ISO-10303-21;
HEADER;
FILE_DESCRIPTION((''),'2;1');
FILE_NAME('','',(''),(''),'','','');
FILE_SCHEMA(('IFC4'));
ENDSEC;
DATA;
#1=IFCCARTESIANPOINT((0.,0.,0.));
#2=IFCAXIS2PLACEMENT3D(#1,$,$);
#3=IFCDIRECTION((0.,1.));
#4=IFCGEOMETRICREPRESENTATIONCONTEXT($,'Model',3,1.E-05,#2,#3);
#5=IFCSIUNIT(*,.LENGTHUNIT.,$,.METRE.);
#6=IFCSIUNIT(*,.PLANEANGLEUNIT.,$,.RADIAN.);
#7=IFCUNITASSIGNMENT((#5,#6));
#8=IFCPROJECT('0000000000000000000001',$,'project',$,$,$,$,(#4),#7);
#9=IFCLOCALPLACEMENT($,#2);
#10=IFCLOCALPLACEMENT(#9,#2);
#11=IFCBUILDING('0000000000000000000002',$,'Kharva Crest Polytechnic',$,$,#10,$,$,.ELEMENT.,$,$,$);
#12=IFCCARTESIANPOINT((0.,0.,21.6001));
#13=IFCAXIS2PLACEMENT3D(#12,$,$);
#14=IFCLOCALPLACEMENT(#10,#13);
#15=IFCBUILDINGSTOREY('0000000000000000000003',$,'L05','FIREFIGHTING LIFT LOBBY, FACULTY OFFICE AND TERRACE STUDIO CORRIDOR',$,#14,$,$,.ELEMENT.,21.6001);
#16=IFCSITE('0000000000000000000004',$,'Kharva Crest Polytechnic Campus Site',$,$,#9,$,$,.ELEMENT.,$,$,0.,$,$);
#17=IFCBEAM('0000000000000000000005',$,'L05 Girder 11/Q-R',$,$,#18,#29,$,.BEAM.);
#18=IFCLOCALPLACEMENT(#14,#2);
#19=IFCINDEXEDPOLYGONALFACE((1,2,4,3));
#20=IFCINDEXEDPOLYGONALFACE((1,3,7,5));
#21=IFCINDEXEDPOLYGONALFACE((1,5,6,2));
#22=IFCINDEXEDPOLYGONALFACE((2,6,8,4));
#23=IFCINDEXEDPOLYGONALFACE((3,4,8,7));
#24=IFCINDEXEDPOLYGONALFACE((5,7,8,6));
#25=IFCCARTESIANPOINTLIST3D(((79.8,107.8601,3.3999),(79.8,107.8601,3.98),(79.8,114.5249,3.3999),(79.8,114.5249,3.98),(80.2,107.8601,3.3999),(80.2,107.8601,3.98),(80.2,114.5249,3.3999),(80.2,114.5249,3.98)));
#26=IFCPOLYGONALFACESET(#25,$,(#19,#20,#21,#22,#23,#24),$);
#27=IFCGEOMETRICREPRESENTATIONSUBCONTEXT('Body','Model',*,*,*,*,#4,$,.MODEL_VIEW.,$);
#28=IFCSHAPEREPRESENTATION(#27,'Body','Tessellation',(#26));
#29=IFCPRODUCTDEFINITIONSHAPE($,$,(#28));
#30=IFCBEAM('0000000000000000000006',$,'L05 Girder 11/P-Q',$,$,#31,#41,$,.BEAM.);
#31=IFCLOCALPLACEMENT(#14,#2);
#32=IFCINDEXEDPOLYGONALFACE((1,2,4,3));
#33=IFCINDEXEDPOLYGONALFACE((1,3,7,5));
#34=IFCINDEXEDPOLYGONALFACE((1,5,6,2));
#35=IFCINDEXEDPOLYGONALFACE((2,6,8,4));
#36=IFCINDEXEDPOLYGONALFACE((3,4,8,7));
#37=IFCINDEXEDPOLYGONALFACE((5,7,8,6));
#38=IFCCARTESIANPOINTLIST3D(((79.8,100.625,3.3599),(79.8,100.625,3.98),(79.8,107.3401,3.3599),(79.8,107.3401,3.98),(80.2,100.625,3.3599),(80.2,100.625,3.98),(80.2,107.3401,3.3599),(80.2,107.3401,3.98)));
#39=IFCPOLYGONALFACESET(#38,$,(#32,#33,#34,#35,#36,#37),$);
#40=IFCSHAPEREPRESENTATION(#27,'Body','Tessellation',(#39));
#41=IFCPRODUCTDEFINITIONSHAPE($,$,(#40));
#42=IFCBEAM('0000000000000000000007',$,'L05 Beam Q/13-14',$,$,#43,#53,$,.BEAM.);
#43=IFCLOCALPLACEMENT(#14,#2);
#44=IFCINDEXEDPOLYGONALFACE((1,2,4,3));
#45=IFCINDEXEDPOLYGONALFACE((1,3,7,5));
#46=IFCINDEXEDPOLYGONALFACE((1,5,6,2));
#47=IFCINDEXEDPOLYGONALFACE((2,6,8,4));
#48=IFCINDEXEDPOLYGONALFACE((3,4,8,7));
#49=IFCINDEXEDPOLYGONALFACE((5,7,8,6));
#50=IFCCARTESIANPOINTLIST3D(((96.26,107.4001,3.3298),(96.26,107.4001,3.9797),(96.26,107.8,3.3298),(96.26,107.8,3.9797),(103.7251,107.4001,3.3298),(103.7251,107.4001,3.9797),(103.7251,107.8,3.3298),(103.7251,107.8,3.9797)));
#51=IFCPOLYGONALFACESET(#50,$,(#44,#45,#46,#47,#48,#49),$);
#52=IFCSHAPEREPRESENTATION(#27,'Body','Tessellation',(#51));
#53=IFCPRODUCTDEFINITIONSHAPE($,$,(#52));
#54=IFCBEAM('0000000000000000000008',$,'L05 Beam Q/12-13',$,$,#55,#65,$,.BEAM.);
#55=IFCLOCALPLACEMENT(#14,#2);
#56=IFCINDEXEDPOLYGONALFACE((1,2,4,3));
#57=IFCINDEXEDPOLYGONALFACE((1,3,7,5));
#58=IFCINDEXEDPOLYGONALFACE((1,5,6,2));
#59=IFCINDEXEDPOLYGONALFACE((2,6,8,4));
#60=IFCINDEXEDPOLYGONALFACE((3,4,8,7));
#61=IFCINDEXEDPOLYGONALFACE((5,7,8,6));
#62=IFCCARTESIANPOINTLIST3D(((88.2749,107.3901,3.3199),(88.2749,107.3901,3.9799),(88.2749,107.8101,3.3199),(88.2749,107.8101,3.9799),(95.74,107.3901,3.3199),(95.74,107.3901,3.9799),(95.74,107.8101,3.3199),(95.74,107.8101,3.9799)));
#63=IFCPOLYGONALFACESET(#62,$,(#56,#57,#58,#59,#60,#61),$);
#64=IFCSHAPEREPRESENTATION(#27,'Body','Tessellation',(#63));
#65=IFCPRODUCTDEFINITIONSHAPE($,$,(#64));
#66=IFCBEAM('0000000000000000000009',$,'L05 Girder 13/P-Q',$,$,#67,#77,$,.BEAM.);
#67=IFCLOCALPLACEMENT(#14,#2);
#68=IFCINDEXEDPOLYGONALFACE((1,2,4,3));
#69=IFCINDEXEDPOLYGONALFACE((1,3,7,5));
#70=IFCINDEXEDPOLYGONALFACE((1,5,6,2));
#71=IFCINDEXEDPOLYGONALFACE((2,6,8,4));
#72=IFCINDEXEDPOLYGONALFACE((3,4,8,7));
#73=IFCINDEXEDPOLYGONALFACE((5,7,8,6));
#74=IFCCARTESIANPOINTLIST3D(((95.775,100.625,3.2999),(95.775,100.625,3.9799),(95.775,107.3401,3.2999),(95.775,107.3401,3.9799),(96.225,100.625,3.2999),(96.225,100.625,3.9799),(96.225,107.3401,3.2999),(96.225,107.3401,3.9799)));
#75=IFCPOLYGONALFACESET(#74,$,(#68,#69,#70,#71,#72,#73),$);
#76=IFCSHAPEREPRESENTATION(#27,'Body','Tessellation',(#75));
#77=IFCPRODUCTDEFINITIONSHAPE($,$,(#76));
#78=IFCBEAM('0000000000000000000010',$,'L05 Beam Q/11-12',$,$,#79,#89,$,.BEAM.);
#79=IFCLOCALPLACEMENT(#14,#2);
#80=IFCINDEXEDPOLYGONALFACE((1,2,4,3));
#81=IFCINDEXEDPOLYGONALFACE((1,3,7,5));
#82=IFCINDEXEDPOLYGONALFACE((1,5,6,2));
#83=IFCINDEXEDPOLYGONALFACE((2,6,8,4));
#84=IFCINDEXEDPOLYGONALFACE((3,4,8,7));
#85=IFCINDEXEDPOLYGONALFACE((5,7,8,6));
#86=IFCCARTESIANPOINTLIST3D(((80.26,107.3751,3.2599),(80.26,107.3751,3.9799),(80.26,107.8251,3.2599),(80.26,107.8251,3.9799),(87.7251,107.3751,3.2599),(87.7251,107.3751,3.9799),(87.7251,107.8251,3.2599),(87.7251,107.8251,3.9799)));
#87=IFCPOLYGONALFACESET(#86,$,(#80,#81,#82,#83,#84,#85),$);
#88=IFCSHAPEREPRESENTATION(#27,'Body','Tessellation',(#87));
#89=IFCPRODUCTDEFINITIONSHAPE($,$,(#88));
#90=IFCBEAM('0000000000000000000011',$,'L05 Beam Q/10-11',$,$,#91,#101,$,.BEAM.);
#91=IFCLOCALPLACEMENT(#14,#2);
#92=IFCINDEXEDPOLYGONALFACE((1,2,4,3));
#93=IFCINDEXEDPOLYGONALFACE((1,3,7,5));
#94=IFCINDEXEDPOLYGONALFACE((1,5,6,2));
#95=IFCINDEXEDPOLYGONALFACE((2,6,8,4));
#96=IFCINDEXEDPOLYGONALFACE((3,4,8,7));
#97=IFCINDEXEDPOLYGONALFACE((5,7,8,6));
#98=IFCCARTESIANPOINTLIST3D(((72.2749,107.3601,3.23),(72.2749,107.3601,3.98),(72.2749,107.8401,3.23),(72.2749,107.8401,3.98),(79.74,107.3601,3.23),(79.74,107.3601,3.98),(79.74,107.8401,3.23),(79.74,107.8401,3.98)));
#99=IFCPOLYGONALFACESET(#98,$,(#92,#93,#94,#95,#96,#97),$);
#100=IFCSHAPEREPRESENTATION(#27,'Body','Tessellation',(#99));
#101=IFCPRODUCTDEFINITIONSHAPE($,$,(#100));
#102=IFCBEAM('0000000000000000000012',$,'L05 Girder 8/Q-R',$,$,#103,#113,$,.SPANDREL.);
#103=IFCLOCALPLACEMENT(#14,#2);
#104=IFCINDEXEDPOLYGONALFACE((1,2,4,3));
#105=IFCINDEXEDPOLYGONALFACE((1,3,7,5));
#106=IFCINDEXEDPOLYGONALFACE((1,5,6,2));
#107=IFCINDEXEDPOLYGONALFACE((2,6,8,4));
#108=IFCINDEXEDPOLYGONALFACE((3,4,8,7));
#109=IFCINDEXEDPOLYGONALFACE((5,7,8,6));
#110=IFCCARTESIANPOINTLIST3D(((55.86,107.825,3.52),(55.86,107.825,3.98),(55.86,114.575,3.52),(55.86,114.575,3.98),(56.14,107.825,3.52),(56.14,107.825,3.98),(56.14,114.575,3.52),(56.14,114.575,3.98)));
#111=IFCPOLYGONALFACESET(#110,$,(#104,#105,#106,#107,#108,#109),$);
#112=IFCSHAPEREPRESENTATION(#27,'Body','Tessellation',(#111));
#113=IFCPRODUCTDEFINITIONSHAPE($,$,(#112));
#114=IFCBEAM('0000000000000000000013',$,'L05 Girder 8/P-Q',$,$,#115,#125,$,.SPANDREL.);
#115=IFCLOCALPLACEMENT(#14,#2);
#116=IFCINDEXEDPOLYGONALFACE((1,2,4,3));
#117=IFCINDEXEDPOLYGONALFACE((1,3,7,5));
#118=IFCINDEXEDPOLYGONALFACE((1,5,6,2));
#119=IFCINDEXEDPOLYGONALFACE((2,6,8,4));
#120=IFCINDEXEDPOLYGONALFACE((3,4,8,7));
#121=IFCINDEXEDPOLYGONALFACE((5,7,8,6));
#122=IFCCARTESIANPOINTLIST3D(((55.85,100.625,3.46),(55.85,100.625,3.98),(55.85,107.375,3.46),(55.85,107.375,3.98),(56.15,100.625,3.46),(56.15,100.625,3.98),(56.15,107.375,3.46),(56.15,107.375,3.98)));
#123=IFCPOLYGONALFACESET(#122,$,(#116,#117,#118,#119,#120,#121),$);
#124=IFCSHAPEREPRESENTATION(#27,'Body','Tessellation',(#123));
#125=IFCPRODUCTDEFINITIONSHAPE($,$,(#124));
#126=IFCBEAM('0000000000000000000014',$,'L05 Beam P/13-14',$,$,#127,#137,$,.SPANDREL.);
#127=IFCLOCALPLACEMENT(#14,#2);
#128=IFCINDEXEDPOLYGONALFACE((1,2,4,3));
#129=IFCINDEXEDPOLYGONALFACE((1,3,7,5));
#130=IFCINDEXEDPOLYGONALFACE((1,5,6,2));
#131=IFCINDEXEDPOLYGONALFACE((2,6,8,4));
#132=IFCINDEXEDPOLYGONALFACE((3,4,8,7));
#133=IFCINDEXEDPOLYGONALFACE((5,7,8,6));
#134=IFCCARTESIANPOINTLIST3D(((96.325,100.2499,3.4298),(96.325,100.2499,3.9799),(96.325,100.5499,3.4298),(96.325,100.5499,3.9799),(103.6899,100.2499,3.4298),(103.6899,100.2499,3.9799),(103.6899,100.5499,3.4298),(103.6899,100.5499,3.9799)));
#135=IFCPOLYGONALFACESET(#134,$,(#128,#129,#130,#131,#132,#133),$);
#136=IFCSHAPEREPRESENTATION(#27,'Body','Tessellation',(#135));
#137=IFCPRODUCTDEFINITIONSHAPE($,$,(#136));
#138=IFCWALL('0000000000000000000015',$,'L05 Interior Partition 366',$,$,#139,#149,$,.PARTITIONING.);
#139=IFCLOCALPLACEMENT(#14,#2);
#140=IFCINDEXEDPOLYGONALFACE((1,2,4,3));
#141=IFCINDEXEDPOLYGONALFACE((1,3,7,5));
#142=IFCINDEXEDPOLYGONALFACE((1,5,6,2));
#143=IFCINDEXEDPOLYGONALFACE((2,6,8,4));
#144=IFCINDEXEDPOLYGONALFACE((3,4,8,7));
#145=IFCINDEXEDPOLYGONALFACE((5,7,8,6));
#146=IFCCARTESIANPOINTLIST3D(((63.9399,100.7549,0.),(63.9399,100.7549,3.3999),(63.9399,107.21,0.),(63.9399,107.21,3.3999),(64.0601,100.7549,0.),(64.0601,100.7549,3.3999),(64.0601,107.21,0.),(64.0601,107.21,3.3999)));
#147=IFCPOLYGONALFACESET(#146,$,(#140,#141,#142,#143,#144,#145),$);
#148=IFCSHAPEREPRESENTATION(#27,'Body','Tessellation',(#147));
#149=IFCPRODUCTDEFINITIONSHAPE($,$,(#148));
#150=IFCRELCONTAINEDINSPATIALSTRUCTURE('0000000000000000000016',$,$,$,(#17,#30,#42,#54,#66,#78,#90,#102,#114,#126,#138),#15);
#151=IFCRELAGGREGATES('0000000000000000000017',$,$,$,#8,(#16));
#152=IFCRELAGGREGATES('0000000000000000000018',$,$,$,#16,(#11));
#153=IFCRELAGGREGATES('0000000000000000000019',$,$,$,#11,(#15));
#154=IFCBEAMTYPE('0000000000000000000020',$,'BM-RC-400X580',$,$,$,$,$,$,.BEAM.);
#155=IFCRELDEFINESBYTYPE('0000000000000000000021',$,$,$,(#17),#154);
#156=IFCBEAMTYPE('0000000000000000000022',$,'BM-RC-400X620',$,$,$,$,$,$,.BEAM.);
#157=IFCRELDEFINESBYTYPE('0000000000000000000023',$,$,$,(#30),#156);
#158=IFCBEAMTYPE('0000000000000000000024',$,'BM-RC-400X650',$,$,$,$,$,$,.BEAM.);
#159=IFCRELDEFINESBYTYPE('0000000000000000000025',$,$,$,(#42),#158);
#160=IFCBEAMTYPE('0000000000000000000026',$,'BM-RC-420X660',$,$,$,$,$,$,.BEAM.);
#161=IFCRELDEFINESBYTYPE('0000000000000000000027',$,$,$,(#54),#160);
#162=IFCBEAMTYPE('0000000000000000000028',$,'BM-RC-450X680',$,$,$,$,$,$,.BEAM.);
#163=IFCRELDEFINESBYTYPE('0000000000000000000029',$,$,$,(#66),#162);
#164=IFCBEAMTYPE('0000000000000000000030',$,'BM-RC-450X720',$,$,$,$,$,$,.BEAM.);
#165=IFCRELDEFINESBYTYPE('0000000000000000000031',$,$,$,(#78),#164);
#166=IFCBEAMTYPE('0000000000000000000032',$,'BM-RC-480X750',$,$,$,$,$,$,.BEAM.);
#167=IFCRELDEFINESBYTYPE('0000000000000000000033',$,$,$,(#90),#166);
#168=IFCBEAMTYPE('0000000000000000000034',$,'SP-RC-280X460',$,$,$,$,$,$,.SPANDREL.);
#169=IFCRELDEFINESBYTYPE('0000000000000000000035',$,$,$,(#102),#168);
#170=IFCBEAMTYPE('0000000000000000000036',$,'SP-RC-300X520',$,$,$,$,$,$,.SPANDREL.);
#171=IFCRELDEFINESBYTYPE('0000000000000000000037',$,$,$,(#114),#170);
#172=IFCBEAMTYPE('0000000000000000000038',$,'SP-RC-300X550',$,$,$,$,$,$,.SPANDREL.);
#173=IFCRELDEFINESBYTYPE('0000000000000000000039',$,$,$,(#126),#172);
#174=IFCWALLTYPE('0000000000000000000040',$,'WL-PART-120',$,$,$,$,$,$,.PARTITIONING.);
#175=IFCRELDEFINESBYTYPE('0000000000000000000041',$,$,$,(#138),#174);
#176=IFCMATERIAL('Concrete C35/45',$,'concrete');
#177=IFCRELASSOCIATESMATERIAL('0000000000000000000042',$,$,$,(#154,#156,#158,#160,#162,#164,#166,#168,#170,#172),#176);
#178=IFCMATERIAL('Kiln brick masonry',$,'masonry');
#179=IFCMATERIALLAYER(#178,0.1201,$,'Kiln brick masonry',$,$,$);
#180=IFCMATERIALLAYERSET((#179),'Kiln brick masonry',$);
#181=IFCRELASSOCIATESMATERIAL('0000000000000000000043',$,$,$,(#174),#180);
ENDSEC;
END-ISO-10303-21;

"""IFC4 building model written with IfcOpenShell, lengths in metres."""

from ifc_helpers import new_model, si_unit, direction, frame, frame_2d, origin, origin_2d, place, context, subcontext, project, spatial, rectangle, extrude, material, layer, layer_set, material_profile, profile_set, type_object, element, save


model = new_model("IFC4")

# Units and contexts
model_context = context("Model", 3, precision=1e-05, world=origin(), true_north=direction((0.0, 1.0)))
body_context = subcontext(model_context, "Body", "Model", "MODEL_VIEW")
ifc_project = project(units=[si_unit("LENGTHUNIT", "METRE"), si_unit("PLANEANGLEUNIT", "RADIAN")], contexts=[model_context])

# Site, building, storey
site_placement = place(None, origin())
site = spatial("IfcSite", under=ifc_project, at=site_placement, Name="Kharva Crest Polytechnic Campus Site", CompositionType="ELEMENT", RefElevation=0.0)
building_placement = place(site_placement, origin())
building = spatial("IfcBuilding", under=site, at=building_placement, Name="Kharva Crest Polytechnic", CompositionType="ELEMENT")
storey_placement = place(building_placement, frame((0.0, 0.0, 21.6001)))
storey = spatial("IfcBuildingStorey", under=building, at=storey_placement, Name="L05", Description="FIREFIGHTING LIFT LOBBY, FACULTY OFFICE AND TERRACE STUDIO CORRIDOR", CompositionType="ELEMENT", Elevation=21.6001)

# Beams
ifc_material_1 = material(Name="Concrete C35/45", Category="concrete")
ifc_material_profile_1 = material_profile(ifc_material_1, rectangle(XDim=0.3999, YDim=0.5801, at=origin_2d()), Name="RECT 400 X 580")
ifc_profile_set_1 = profile_set([ifc_material_profile_1], Name="Concrete C35/45")
beam_type_1 = type_object("IfcBeamType", Name="BM-RC-400X580", PredefinedType="BEAM", material=ifc_profile_set_1)
beam_1_placement = place(storey_placement, frame((80.0, 107.8601, 3.6899), z_axis=(0.0, 1.0, 0.0), x_axis=(-1.0, 0.0, 0.0)))
element("IfcBeam", 1, at=beam_1_placement, inside=storey, type_object=beam_type_1, Name="L05 Girder 11/Q-R", PredefinedType="BEAM", context=body_context, shape_type="SweptSolid", body=[
    extrude(rectangle(XDim=0.3999, YDim=0.5801, at=origin_2d()), origin(), (0.0, 0.0, 1.0), 6.6648),
])
ifc_material_profile_2 = material_profile(ifc_material_1, rectangle(XDim=0.3999, YDim=0.6201, at=origin_2d()), Name="RECT 400 X 620")
ifc_profile_set_2 = profile_set([ifc_material_profile_2], Name="Concrete C35/45")
beam_type_2 = type_object("IfcBeamType", Name="BM-RC-400X620", PredefinedType="BEAM", material=ifc_profile_set_2)
beam_2_placement = place(storey_placement, frame((80.0, 100.625, 3.6699), z_axis=(0.0, 1.0, 0.0), x_axis=(-1.0, 0.0, 0.0)))
element("IfcBeam", 2, at=beam_2_placement, inside=storey, type_object=beam_type_2, Name="L05 Girder 11/P-Q", PredefinedType="BEAM", context=body_context, shape_type="SweptSolid", body=[
    extrude(rectangle(XDim=0.3999, YDim=0.6201, at=origin_2d()), origin(), (0.0, 0.0, 1.0), 6.7151),
])
ifc_material_profile_3 = material_profile(ifc_material_1, rectangle(XDim=0.3999, YDim=0.6499, at=origin_2d()), Name="RECT 400 X 650")
ifc_profile_set_3 = profile_set([ifc_material_profile_3], Name="Concrete C35/45")
beam_type_3 = type_object("IfcBeamType", Name="BM-RC-400X650", PredefinedType="BEAM", material=ifc_profile_set_3)
beam_3_placement = place(storey_placement, frame((96.26, 107.6001, 3.6548), z_axis=(1.0, 0.0, 0.0), x_axis=(0.0, 1.0, 0.0)))
element("IfcBeam", 3, at=beam_3_placement, inside=storey, type_object=beam_type_3, Name="L05 Beam Q/13-14", PredefinedType="BEAM", context=body_context, shape_type="SweptSolid", body=[
    extrude(rectangle(XDim=0.3999, YDim=0.6499, at=origin_2d()), origin(), (0.0, 0.0, 1.0), 7.4651),
])
ifc_material_profile_4 = material_profile(ifc_material_1, rectangle(XDim=0.4199, YDim=0.6599, at=origin_2d()), Name="RECT 420 X 660")
ifc_profile_set_4 = profile_set([ifc_material_profile_4], Name="Concrete C35/45")
beam_type_4 = type_object("IfcBeamType", Name="BM-RC-420X660", PredefinedType="BEAM", material=ifc_profile_set_4)
beam_4_placement = place(storey_placement, frame((88.2749, 107.6001, 3.6499), z_axis=(1.0, 0.0, 0.0), x_axis=(0.0, 1.0, 0.0)))
element("IfcBeam", 4, at=beam_4_placement, inside=storey, type_object=beam_type_4, Name="L05 Beam Q/12-13", PredefinedType="BEAM", context=body_context, shape_type="SweptSolid", body=[
    extrude(rectangle(XDim=0.4199, YDim=0.6599, at=origin_2d()), origin(), (0.0, 0.0, 1.0), 7.4651),
])
ifc_material_profile_5 = material_profile(ifc_material_1, rectangle(XDim=0.45, YDim=0.6799, at=origin_2d()), Name="RECT 450 X 680")
ifc_profile_set_5 = profile_set([ifc_material_profile_5], Name="Concrete C35/45")
beam_type_5 = type_object("IfcBeamType", Name="BM-RC-450X680", PredefinedType="BEAM", material=ifc_profile_set_5)
beam_5_placement = place(storey_placement, frame((96.0, 100.625, 3.6399), z_axis=(0.0, 1.0, 0.0), x_axis=(-1.0, 0.0, 0.0)))
element("IfcBeam", 5, at=beam_5_placement, inside=storey, type_object=beam_type_5, Name="L05 Girder 13/P-Q", PredefinedType="BEAM", context=body_context, shape_type="SweptSolid", body=[
    extrude(rectangle(XDim=0.45, YDim=0.6799, at=origin_2d()), origin(), (0.0, 0.0, 1.0), 6.7151),
])
ifc_material_profile_6 = material_profile(ifc_material_1, rectangle(XDim=0.45, YDim=0.72, at=origin_2d()), Name="RECT 450 X 720")
ifc_profile_set_6 = profile_set([ifc_material_profile_6], Name="Concrete C35/45")
beam_type_6 = type_object("IfcBeamType", Name="BM-RC-450X720", PredefinedType="BEAM", material=ifc_profile_set_6)
beam_6_placement = place(storey_placement, frame((80.26, 107.6001, 3.6199), z_axis=(1.0, 0.0, 0.0), x_axis=(0.0, 1.0, 0.0)))
element("IfcBeam", 6, at=beam_6_placement, inside=storey, type_object=beam_type_6, Name="L05 Beam Q/11-12", PredefinedType="BEAM", context=body_context, shape_type="SweptSolid", body=[
    extrude(rectangle(XDim=0.45, YDim=0.72, at=origin_2d()), origin(), (0.0, 0.0, 1.0), 7.4651),
])
ifc_material_profile_7 = material_profile(ifc_material_1, rectangle(XDim=0.48, YDim=0.75, at=origin_2d()), Name="RECT 480 X 750")
ifc_profile_set_7 = profile_set([ifc_material_profile_7], Name="Concrete C35/45")
beam_type_7 = type_object("IfcBeamType", Name="BM-RC-480X750", PredefinedType="BEAM", material=ifc_profile_set_7)
beam_7_placement = place(storey_placement, frame((72.2749, 107.6001, 3.605), z_axis=(1.0, 0.0, 0.0), x_axis=(0.0, 1.0, 0.0)))
element("IfcBeam", 7, at=beam_7_placement, inside=storey, type_object=beam_type_7, Name="L05 Beam Q/10-11", PredefinedType="BEAM", context=body_context, shape_type="SweptSolid", body=[
    extrude(rectangle(XDim=0.48, YDim=0.75, at=origin_2d()), origin(), (0.0, 0.0, 1.0), 7.4651),
])
ifc_material_profile_8 = material_profile(ifc_material_1, rectangle(XDim=0.28, YDim=0.46, at=origin_2d()), Name="RECT 280 X 460")
ifc_profile_set_8 = profile_set([ifc_material_profile_8], Name="Concrete C35/45")
beam_type_8 = type_object("IfcBeamType", Name="SP-RC-280X460", PredefinedType="SPANDREL", material=ifc_profile_set_8)
beam_8_placement = place(storey_placement, frame((56.0, 107.825, 3.75), z_axis=(0.0, 1.0, 0.0), x_axis=(-1.0, 0.0, 0.0)))
element("IfcBeam", 8, at=beam_8_placement, inside=storey, type_object=beam_type_8, Name="L05 Girder 8/Q-R", PredefinedType="SPANDREL", context=body_context, shape_type="SweptSolid", body=[
    extrude(rectangle(XDim=0.28, YDim=0.46, at=origin_2d()), origin(), (0.0, 0.0, 1.0), 6.75),
])
ifc_material_profile_9 = material_profile(ifc_material_1, rectangle(XDim=0.3, YDim=0.52, at=origin_2d()), Name="RECT 300 X 520")
ifc_profile_set_9 = profile_set([ifc_material_profile_9], Name="Concrete C35/45")
beam_type_9 = type_object("IfcBeamType", Name="SP-RC-300X520", PredefinedType="SPANDREL", material=ifc_profile_set_9)
beam_9_placement = place(storey_placement, frame((56.0, 100.625, 3.72), z_axis=(0.0, 1.0, 0.0), x_axis=(-1.0, 0.0, 0.0)))
element("IfcBeam", 9, at=beam_9_placement, inside=storey, type_object=beam_type_9, Name="L05 Girder 8/P-Q", PredefinedType="SPANDREL", context=body_context, shape_type="SweptSolid", body=[
    extrude(rectangle(XDim=0.3, YDim=0.52, at=origin_2d()), origin(), (0.0, 0.0, 1.0), 6.75),
])
ifc_material_profile_10 = material_profile(ifc_material_1, rectangle(XDim=0.3, YDim=0.55, at=origin_2d()), Name="RECT 300 X 550")
ifc_profile_set_10 = profile_set([ifc_material_profile_10], Name="Concrete C35/45")
beam_type_10 = type_object("IfcBeamType", Name="SP-RC-300X550", PredefinedType="SPANDREL", material=ifc_profile_set_10)
beam_10_placement = place(storey_placement, frame((96.325, 100.3999, 3.7048), z_axis=(1.0, 0.0, 0.0), x_axis=(0.0, 1.0, 0.0)))
element("IfcBeam", 10, at=beam_10_placement, inside=storey, type_object=beam_type_10, Name="L05 Beam P/13-14", PredefinedType="SPANDREL", context=body_context, shape_type="SweptSolid", body=[
    extrude(rectangle(XDim=0.3, YDim=0.55, at=origin_2d()), origin(), (0.0, 0.0, 1.0), 7.365),
])

# Shared definitions
ifc_material_2 = material(Name="Kiln brick masonry", Category="masonry")

# Wall
ifc_layer_1 = layer(ifc_material_2, 0.1201, Name="Kiln brick masonry")
ifc_layer_set_1 = layer_set([ifc_layer_1], Name="Kiln brick masonry")
wall_type_1 = type_object("IfcWallType", Name="WL-PART-120", PredefinedType="PARTITIONING", material=ifc_layer_set_1)
wall_1_placement = place(storey_placement, frame((64.0, 100.7549, 0.0), z_axis=(0.0, 0.0, 1.0), x_axis=(0.0, 1.0, 0.0)))
element("IfcWall", 11, at=wall_1_placement, inside=storey, type_object=wall_type_1, Name="L05 Interior Partition 366", PredefinedType="PARTITIONING", context=body_context, shape_type="SweptSolid", body=[
    extrude(rectangle(XDim=6.4551, YDim=0.1201, at=frame_2d((3.2275, 0.0))), origin(), (0.0, 0.0, 1.0), 3.3999),
])

save(model, "model.ifc")
